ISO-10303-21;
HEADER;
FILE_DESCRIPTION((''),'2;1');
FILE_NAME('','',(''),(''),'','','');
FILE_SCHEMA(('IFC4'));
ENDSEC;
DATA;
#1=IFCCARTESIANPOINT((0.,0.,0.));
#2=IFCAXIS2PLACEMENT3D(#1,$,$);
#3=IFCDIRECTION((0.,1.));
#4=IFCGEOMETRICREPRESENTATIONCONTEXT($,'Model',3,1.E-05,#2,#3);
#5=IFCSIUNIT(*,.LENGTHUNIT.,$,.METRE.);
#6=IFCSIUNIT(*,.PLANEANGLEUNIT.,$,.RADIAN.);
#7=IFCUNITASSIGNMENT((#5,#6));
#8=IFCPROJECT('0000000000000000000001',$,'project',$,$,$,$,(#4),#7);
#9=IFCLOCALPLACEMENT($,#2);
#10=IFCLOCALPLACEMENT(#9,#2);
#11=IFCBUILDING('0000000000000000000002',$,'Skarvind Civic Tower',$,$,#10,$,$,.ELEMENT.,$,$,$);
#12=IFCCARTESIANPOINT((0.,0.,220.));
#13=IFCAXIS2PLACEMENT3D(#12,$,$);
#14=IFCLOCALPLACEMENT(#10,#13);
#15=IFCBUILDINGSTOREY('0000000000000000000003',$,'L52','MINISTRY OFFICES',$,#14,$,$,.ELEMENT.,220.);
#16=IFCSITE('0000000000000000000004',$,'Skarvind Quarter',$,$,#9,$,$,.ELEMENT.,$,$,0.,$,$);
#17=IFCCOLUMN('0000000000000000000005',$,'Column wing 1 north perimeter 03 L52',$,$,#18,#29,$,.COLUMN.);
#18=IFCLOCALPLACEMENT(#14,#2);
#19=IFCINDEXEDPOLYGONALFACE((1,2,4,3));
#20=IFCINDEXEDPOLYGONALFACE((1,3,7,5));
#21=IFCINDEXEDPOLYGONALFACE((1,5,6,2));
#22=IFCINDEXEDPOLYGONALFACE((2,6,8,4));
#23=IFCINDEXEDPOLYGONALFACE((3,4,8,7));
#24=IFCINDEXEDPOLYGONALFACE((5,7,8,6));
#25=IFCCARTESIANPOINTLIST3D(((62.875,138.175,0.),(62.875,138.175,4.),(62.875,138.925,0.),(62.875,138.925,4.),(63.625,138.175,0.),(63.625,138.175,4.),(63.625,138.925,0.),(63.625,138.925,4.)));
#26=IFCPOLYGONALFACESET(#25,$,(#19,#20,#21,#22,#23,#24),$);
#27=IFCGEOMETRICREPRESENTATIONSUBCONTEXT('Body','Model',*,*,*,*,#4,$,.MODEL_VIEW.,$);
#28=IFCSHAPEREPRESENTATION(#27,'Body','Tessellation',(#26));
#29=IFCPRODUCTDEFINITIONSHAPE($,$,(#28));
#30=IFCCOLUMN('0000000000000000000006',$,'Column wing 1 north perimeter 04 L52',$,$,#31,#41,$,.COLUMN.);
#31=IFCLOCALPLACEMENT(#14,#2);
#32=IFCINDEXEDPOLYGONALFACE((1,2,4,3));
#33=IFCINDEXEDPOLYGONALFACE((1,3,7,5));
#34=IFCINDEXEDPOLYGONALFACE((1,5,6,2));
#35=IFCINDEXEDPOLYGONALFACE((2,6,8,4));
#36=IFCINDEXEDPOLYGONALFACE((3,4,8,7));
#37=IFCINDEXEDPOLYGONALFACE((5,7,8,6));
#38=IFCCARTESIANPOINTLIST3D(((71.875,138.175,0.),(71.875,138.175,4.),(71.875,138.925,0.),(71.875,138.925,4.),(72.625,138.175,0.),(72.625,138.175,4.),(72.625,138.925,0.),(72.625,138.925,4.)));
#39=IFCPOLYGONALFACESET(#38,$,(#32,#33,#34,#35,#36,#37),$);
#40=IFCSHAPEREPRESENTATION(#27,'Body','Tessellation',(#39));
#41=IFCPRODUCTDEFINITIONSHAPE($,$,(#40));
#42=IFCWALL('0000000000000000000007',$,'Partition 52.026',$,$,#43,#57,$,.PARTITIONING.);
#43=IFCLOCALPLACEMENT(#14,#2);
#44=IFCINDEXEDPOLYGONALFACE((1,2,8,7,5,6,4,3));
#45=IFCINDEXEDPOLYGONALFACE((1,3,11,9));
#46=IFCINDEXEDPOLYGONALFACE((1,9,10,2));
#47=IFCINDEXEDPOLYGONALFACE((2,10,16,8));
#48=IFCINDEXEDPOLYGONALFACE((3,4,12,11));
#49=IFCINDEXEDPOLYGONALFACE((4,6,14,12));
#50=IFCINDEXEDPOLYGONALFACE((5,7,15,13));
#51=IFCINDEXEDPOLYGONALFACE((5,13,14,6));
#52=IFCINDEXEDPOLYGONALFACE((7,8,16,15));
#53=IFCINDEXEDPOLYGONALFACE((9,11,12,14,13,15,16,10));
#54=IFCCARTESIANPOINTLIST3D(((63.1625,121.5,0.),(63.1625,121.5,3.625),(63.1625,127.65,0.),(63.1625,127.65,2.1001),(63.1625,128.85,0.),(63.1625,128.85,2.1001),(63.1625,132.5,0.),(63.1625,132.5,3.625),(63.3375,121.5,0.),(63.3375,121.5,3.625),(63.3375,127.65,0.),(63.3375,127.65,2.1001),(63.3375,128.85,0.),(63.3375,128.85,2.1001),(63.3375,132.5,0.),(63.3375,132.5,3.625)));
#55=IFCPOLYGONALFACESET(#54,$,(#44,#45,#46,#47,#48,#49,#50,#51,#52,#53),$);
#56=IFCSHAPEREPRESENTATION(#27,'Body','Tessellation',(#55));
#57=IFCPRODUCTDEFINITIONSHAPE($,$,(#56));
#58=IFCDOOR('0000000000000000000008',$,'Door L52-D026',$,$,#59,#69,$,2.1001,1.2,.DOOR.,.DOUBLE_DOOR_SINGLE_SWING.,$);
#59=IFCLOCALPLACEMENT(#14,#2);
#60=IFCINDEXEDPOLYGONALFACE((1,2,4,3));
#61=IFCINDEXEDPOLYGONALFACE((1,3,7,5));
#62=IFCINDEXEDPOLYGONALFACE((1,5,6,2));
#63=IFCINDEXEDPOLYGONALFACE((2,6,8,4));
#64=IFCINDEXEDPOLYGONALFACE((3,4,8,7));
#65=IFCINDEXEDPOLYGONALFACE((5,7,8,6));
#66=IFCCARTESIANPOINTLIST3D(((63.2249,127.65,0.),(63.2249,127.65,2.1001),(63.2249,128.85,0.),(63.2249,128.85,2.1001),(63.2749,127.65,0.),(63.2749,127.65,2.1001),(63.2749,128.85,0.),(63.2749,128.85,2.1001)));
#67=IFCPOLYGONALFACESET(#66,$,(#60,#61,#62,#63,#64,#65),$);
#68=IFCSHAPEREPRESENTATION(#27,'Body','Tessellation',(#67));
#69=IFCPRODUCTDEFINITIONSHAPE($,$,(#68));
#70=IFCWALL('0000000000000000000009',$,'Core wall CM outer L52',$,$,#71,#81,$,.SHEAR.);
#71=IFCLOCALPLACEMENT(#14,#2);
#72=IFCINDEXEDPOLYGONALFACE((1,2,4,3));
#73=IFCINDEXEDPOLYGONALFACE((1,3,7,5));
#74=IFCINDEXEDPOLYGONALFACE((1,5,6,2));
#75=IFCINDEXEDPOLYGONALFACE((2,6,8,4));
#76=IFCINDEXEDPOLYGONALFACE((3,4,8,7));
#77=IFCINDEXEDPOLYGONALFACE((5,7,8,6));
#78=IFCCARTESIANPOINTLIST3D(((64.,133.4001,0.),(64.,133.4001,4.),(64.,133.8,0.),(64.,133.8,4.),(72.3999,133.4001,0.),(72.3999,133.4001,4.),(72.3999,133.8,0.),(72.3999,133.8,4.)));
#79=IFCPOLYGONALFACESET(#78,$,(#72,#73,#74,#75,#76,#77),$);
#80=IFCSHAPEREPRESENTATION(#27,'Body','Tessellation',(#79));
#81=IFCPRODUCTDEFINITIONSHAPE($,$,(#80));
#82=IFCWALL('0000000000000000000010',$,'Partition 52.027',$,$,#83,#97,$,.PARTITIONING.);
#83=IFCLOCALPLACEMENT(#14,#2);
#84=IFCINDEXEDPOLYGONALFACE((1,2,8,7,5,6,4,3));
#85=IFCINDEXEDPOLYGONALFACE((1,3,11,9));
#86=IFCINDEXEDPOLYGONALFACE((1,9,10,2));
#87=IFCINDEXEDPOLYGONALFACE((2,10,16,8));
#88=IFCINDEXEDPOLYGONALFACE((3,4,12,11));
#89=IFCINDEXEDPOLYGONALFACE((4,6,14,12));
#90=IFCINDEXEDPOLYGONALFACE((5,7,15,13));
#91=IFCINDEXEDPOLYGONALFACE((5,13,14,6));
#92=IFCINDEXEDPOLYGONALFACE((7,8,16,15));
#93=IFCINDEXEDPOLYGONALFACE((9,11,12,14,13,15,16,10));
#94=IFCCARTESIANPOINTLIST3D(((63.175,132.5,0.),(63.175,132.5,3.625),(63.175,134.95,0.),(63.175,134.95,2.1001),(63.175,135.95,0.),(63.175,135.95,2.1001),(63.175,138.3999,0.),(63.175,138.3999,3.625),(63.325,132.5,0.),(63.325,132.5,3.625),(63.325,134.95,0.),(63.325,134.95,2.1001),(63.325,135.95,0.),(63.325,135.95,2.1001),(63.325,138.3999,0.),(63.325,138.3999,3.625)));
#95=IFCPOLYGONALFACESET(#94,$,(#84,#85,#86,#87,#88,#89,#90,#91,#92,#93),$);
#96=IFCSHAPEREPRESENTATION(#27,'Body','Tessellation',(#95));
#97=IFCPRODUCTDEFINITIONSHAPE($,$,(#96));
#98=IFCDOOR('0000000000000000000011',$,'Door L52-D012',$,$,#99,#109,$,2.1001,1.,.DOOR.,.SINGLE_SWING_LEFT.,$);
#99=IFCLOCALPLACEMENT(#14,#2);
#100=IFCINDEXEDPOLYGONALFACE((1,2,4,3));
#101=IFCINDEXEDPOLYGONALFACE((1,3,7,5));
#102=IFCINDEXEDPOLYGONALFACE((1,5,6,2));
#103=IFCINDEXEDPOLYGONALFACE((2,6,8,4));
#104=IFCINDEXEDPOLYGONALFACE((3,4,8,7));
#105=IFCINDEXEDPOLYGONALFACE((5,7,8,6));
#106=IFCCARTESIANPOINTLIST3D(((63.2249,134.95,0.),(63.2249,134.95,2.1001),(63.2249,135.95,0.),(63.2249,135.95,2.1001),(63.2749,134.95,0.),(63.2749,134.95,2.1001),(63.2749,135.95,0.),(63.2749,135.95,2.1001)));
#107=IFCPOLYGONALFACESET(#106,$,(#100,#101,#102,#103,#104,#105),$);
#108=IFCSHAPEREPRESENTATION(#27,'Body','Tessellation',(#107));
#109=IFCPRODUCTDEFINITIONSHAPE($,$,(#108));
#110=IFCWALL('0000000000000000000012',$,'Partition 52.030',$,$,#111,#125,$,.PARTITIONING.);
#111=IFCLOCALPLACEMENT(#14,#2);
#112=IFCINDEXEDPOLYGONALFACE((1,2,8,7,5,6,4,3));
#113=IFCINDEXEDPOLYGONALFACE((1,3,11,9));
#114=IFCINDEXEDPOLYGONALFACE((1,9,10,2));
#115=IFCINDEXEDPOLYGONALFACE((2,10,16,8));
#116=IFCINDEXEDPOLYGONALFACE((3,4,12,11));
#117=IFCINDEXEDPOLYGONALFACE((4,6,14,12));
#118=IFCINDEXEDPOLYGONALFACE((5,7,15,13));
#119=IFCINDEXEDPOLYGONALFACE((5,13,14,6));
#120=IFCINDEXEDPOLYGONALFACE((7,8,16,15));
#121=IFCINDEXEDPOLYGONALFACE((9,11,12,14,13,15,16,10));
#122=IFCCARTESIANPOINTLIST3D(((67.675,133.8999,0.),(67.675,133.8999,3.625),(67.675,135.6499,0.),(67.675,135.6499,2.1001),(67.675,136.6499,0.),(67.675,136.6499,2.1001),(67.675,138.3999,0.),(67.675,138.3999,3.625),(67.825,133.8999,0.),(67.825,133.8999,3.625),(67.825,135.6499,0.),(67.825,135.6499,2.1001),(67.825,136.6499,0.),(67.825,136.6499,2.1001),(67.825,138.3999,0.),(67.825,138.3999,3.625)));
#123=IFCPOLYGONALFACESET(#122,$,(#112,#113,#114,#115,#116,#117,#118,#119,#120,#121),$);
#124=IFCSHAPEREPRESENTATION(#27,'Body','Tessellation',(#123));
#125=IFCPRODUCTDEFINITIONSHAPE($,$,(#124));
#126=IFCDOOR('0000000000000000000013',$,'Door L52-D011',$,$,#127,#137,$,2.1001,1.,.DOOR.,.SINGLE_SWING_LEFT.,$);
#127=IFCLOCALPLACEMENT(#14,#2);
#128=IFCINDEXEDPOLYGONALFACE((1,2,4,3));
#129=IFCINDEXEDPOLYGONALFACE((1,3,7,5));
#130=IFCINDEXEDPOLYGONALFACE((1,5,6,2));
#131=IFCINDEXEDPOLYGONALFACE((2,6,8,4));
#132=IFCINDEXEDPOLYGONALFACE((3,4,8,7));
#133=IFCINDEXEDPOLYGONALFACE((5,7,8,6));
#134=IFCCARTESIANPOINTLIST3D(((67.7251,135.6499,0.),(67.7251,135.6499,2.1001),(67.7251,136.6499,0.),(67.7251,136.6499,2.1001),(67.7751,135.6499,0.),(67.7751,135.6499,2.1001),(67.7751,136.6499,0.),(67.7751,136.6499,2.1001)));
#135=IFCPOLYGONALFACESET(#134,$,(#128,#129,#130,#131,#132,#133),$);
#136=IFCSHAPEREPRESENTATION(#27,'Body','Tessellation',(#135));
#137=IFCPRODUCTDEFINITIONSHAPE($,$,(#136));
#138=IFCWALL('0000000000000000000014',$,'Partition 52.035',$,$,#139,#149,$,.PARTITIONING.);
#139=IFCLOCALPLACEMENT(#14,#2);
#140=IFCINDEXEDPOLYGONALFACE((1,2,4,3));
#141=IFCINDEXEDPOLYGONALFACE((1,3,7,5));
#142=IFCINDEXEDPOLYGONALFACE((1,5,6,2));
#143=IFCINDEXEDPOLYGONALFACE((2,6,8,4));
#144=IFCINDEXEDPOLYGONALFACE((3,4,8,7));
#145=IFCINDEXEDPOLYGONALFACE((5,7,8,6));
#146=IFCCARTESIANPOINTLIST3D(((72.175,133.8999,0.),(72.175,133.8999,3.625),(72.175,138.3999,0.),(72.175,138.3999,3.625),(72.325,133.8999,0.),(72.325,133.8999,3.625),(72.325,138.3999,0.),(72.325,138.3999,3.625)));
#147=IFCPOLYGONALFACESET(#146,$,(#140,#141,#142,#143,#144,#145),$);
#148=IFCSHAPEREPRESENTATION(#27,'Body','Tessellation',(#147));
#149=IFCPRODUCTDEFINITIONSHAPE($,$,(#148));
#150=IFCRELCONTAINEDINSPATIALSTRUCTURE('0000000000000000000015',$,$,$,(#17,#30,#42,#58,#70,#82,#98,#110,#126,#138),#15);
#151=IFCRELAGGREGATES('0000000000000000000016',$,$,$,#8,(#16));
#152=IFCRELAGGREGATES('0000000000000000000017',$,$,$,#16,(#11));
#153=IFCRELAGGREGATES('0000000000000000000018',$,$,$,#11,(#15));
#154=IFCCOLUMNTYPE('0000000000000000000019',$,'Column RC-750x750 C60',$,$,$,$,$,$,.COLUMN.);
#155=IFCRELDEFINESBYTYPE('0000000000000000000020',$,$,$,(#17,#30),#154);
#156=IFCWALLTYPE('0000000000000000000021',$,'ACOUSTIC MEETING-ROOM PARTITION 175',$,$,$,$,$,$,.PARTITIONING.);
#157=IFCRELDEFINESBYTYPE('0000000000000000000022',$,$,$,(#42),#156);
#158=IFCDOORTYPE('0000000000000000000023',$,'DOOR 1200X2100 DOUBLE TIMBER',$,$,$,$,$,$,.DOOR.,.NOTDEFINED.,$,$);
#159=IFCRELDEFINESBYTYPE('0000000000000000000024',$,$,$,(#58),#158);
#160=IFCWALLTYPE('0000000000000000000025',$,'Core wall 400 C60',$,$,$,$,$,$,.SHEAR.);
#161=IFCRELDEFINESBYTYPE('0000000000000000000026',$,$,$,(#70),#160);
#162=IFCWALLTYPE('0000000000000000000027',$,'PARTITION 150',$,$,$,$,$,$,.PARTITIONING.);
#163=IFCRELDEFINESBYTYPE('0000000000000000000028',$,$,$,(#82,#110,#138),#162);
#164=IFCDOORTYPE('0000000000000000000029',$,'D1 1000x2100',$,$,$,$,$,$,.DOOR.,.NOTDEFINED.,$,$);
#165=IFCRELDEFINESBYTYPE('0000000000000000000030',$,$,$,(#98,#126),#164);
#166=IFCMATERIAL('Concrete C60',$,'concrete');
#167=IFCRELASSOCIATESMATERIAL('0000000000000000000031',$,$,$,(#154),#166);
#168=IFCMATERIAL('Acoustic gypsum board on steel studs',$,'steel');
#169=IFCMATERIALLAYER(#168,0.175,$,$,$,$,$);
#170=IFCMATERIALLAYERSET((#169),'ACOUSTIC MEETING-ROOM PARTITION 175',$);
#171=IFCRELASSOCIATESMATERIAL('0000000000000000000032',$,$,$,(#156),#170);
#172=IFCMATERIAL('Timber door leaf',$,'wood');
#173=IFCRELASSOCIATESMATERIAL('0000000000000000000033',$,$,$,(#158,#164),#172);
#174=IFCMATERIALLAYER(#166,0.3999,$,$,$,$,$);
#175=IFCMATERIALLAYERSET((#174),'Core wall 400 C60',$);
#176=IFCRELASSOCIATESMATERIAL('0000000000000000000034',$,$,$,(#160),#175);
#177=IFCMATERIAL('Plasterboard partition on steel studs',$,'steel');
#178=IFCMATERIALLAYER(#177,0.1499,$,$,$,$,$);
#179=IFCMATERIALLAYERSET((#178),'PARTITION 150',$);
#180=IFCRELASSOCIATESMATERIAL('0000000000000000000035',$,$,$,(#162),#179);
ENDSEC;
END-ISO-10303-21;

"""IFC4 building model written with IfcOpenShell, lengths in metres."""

from ifc_helpers import new_model, si_unit, direction, frame, frame_2d, origin, origin_2d, place, context, subcontext, project, spatial, rectangle, extrude, material, layer, layer_set, material_profile, profile_set, type_object, element, fill, save


model = new_model("IFC4")

# Units and contexts
model_context = context("Model", 3, precision=1e-05, world=origin(), true_north=direction((0.0, 1.0)))
body_context = subcontext(model_context, "Body", "Model", "MODEL_VIEW")
ifc_project = project(units=[si_unit("LENGTHUNIT", "METRE"), si_unit("PLANEANGLEUNIT", "RADIAN")], contexts=[model_context])

# Site, building, storey
site_placement = place(None, origin())
site = spatial("IfcSite", under=ifc_project, at=site_placement, Name="Skarvind Quarter", CompositionType="ELEMENT", RefElevation=0.0)
building_placement = place(site_placement, origin())
building = spatial("IfcBuilding", under=site, at=building_placement, Name="Skarvind Civic Tower", CompositionType="ELEMENT")
storey_placement = place(building_placement, frame((0.0, 0.0, 220.0)))
storey = spatial("IfcBuildingStorey", under=building, at=storey_placement, Name="L52", Description="MINISTRY OFFICES", CompositionType="ELEMENT", Elevation=220.0)

# Columns
ifc_material_1 = material(Name="Concrete C60", Category="concrete")
ifc_material_profile_1 = material_profile(ifc_material_1, rectangle(XDim=0.75, YDim=0.75, at=origin_2d()), Name="RC-750x750")
ifc_profile_set_1 = profile_set([ifc_material_profile_1], Name="Concrete C60")
column_type = type_object("IfcColumnType", Name="Column RC-750x750 C60", PredefinedType="COLUMN", material=ifc_profile_set_1)
for number, where, z_axis, x_axis, name in (
    (1, (63.25, 138.55, 0.0), (0.0, 0.0, 1.0), (1.0, 0.0, 0.0), "Column wing 1 north perimeter 03 L52"),
    (2, (72.25, 138.55, 0.0), (0.0, 0.0, 1.0), (1.0, 0.0, 0.0), "Column wing 1 north perimeter 04 L52"),
):
    element("IfcColumn", number, at=place(storey_placement, frame(where, z_axis=z_axis, x_axis=x_axis)), inside=storey, type_object=column_type, Name=name, PredefinedType="COLUMN", context=body_context, shape_type="SweptSolid", body=[
        extrude(rectangle(XDim=0.75, YDim=0.75, at=origin_2d()), origin(), (0.0, 0.0, 1.0), 4.0),
    ])

# Wall, opening, door
ifc_material_2 = material(Name="Acoustic gypsum board on steel studs", Category="steel")
ifc_layer_1 = layer(ifc_material_2, 0.175)
ifc_layer_set_1 = layer_set([ifc_layer_1], Name="ACOUSTIC MEETING-ROOM PARTITION 175")
wall_type_1 = type_object("IfcWallType", Name="ACOUSTIC MEETING-ROOM PARTITION 175", PredefinedType="PARTITIONING", material=ifc_layer_set_1)
wall_1_placement = place(storey_placement, frame((63.25, 132.5, 0.0), z_axis=(0.0, 0.0, 1.0), x_axis=(0.0, -1.0, 0.0)))
wall_1 = element("IfcWall", 3, at=wall_1_placement, inside=storey, type_object=wall_type_1, Name="Partition 52.026", PredefinedType="PARTITIONING", context=body_context, shape_type="SweptSolid", body=[
    extrude(rectangle(XDim=11.0, YDim=0.175, at=frame_2d((5.5, 0.0))), origin(), (0.0, 0.0, 1.0), 3.625),
])
opening_1_placement = place(wall_1_placement, frame((3.6499, 0.0, 0.0)))
opening_1 = element("IfcOpeningElement", 4, at=opening_1_placement, cuts=wall_1, PredefinedType="OPENING", context=body_context, shape_type="SweptSolid", body=[
    extrude(rectangle(XDim=1.2, YDim=2.1001, at=frame_2d((0.6001, 1.05))), frame((0.0, 0.0974, 0.0), z_axis=(0.0, -1.0, 0.0), x_axis=(1.0, 0.0, 0.0)), (0.0, 0.0, 1.0), 0.1951),
])
ifc_material_3 = material(Name="Timber door leaf", Category="wood")
door_type_1 = type_object("IfcDoorType", Name="DOOR 1200X2100 DOUBLE TIMBER", OperationType="NOTDEFINED", PredefinedType="DOOR", material=ifc_material_3)
door_1_placement = place(opening_1_placement, origin())
door_1 = element("IfcDoor", 5, at=door_1_placement, inside=storey, type_object=door_type_1, Name="Door L52-D026", OperationType="DOUBLE_DOOR_SINGLE_SWING", OverallHeight=2.1001, OverallWidth=1.2, PredefinedType="DOOR", context=body_context, shape_type="SweptSolid", body=[
    extrude(rectangle(XDim=1.2, YDim=2.1001, at=frame_2d((0.6001, 1.05))), frame((0.0, 0.0249, 0.0), z_axis=(0.0, -1.0, 0.0), x_axis=(1.0, 0.0, 0.0)), (0.0, 0.0, 1.0), 0.05),
])
fill(opening_1, door_1)

# Wall
ifc_layer_2 = layer(ifc_material_1, 0.3999)
ifc_layer_set_2 = layer_set([ifc_layer_2], Name="Core wall 400 C60")
wall_type_2 = type_object("IfcWallType", Name="Core wall 400 C60", PredefinedType="SHEAR", material=ifc_layer_set_2)
wall_2_placement = place(storey_placement, frame((64.0, 133.6001, 0.0), z_axis=(0.0, 0.0, 1.0), x_axis=(1.0, 0.0, 0.0)))
element("IfcWall", 6, at=wall_2_placement, inside=storey, type_object=wall_type_2, Name="Core wall CM outer L52", PredefinedType="SHEAR", context=body_context, shape_type="SweptSolid", body=[
    extrude(rectangle(XDim=8.3999, YDim=0.3999, at=frame_2d((4.2, 0.0))), origin(), (0.0, 0.0, 1.0), 4.0),
])

# Walls, openings, doors
ifc_material_4 = material(Name="Plasterboard partition on steel studs", Category="steel")
ifc_layer_3 = layer(ifc_material_4, 0.1499)
ifc_layer_set_3 = layer_set([ifc_layer_3], Name="PARTITION 150")
wall_type_3 = type_object("IfcWallType", Name="PARTITION 150", PredefinedType="PARTITIONING", material=ifc_layer_set_3)
wall_3_placement = place(storey_placement, frame((63.25, 138.3999, 0.0), z_axis=(0.0, 0.0, 1.0), x_axis=(0.0, -1.0, 0.0)))
wall_3 = element("IfcWall", 7, at=wall_3_placement, inside=storey, type_object=wall_type_3, Name="Partition 52.027", PredefinedType="PARTITIONING", context=body_context, shape_type="SweptSolid", body=[
    extrude(rectangle(XDim=5.8999, YDim=0.1499, at=frame_2d((2.95, 0.0))), origin(), (0.0, 0.0, 1.0), 3.625),
])
opening_2_placement = place(wall_3_placement, frame((2.45, 0.0, 0.0)))
opening_2 = element("IfcOpeningElement", 8, at=opening_2_placement, cuts=wall_3, PredefinedType="OPENING", context=body_context, shape_type="SweptSolid", body=[
    extrude(rectangle(XDim=1.0, YDim=2.1001, at=frame_2d((0.5, 1.05))), frame((0.0, 0.085, 0.0), z_axis=(0.0, -1.0, 0.0), x_axis=(1.0, 0.0, 0.0)), (0.0, 0.0, 1.0), 0.1699),
])
door_type_2 = type_object("IfcDoorType", Name="D1 1000x2100", OperationType="NOTDEFINED", PredefinedType="DOOR", material=ifc_material_3)
door_2_placement = place(opening_2_placement, origin())
door_2 = element("IfcDoor", 9, at=door_2_placement, inside=storey, type_object=door_type_2, Name="Door L52-D012", OperationType="SINGLE_SWING_LEFT", OverallHeight=2.1001, OverallWidth=1.0, PredefinedType="DOOR", context=body_context, shape_type="SweptSolid", body=[
    extrude(rectangle(XDim=1.0, YDim=2.1001, at=frame_2d((0.5, 1.05))), frame((0.0, 0.0249, 0.0), z_axis=(0.0, -1.0, 0.0), x_axis=(1.0, 0.0, 0.0)), (0.0, 0.0, 1.0), 0.05),
])
fill(opening_2, door_2)
wall_4_placement = place(storey_placement, frame((67.75, 133.8999, 0.0), z_axis=(0.0, 0.0, 1.0), x_axis=(0.0, 1.0, 0.0)))
wall_4 = element("IfcWall", 10, at=wall_4_placement, inside=storey, type_object=wall_type_3, Name="Partition 52.030", PredefinedType="PARTITIONING", context=body_context, shape_type="SweptSolid", body=[
    extrude(rectangle(XDim=4.5, YDim=0.1499, at=frame_2d((2.25, 0.0))), origin(), (0.0, 0.0, 1.0), 3.625),
])
opening_3_placement = place(wall_4_placement, frame((1.75, 0.0, 0.0)))
opening_3 = element("IfcOpeningElement", 11, at=opening_3_placement, cuts=wall_4, PredefinedType="OPENING", context=body_context, shape_type="SweptSolid", body=[
    extrude(rectangle(XDim=1.0, YDim=2.1001, at=frame_2d((0.5, 1.05))), frame((0.0, 0.085, 0.0), z_axis=(0.0, -1.0, 0.0), x_axis=(1.0, 0.0, 0.0)), (0.0, 0.0, 1.0), 0.1699),
])
door_3_placement = place(opening_3_placement, origin())
door_3 = element("IfcDoor", 12, at=door_3_placement, inside=storey, type_object=door_type_2, Name="Door L52-D011", OperationType="SINGLE_SWING_LEFT", OverallHeight=2.1001, OverallWidth=1.0, PredefinedType="DOOR", context=body_context, shape_type="SweptSolid", body=[
    extrude(rectangle(XDim=1.0, YDim=2.1001, at=frame_2d((0.5, 1.05))), frame((0.0, 0.0249, 0.0), z_axis=(0.0, -1.0, 0.0), x_axis=(1.0, 0.0, 0.0)), (0.0, 0.0, 1.0), 0.05),
])
fill(opening_3, door_3)

# Wall
wall_5_placement = place(storey_placement, frame((72.25, 133.8999, 0.0), z_axis=(0.0, 0.0, 1.0), x_axis=(0.0, 1.0, 0.0)))
element("IfcWall", 13, at=wall_5_placement, inside=storey, type_object=wall_type_3, Name="Partition 52.035", PredefinedType="PARTITIONING", context=body_context, shape_type="SweptSolid", body=[
    extrude(rectangle(XDim=4.5, YDim=0.1499, at=frame_2d((2.25, 0.0))), origin(), (0.0, 0.0, 1.0), 3.625),
])

save(model, "model.ifc")
